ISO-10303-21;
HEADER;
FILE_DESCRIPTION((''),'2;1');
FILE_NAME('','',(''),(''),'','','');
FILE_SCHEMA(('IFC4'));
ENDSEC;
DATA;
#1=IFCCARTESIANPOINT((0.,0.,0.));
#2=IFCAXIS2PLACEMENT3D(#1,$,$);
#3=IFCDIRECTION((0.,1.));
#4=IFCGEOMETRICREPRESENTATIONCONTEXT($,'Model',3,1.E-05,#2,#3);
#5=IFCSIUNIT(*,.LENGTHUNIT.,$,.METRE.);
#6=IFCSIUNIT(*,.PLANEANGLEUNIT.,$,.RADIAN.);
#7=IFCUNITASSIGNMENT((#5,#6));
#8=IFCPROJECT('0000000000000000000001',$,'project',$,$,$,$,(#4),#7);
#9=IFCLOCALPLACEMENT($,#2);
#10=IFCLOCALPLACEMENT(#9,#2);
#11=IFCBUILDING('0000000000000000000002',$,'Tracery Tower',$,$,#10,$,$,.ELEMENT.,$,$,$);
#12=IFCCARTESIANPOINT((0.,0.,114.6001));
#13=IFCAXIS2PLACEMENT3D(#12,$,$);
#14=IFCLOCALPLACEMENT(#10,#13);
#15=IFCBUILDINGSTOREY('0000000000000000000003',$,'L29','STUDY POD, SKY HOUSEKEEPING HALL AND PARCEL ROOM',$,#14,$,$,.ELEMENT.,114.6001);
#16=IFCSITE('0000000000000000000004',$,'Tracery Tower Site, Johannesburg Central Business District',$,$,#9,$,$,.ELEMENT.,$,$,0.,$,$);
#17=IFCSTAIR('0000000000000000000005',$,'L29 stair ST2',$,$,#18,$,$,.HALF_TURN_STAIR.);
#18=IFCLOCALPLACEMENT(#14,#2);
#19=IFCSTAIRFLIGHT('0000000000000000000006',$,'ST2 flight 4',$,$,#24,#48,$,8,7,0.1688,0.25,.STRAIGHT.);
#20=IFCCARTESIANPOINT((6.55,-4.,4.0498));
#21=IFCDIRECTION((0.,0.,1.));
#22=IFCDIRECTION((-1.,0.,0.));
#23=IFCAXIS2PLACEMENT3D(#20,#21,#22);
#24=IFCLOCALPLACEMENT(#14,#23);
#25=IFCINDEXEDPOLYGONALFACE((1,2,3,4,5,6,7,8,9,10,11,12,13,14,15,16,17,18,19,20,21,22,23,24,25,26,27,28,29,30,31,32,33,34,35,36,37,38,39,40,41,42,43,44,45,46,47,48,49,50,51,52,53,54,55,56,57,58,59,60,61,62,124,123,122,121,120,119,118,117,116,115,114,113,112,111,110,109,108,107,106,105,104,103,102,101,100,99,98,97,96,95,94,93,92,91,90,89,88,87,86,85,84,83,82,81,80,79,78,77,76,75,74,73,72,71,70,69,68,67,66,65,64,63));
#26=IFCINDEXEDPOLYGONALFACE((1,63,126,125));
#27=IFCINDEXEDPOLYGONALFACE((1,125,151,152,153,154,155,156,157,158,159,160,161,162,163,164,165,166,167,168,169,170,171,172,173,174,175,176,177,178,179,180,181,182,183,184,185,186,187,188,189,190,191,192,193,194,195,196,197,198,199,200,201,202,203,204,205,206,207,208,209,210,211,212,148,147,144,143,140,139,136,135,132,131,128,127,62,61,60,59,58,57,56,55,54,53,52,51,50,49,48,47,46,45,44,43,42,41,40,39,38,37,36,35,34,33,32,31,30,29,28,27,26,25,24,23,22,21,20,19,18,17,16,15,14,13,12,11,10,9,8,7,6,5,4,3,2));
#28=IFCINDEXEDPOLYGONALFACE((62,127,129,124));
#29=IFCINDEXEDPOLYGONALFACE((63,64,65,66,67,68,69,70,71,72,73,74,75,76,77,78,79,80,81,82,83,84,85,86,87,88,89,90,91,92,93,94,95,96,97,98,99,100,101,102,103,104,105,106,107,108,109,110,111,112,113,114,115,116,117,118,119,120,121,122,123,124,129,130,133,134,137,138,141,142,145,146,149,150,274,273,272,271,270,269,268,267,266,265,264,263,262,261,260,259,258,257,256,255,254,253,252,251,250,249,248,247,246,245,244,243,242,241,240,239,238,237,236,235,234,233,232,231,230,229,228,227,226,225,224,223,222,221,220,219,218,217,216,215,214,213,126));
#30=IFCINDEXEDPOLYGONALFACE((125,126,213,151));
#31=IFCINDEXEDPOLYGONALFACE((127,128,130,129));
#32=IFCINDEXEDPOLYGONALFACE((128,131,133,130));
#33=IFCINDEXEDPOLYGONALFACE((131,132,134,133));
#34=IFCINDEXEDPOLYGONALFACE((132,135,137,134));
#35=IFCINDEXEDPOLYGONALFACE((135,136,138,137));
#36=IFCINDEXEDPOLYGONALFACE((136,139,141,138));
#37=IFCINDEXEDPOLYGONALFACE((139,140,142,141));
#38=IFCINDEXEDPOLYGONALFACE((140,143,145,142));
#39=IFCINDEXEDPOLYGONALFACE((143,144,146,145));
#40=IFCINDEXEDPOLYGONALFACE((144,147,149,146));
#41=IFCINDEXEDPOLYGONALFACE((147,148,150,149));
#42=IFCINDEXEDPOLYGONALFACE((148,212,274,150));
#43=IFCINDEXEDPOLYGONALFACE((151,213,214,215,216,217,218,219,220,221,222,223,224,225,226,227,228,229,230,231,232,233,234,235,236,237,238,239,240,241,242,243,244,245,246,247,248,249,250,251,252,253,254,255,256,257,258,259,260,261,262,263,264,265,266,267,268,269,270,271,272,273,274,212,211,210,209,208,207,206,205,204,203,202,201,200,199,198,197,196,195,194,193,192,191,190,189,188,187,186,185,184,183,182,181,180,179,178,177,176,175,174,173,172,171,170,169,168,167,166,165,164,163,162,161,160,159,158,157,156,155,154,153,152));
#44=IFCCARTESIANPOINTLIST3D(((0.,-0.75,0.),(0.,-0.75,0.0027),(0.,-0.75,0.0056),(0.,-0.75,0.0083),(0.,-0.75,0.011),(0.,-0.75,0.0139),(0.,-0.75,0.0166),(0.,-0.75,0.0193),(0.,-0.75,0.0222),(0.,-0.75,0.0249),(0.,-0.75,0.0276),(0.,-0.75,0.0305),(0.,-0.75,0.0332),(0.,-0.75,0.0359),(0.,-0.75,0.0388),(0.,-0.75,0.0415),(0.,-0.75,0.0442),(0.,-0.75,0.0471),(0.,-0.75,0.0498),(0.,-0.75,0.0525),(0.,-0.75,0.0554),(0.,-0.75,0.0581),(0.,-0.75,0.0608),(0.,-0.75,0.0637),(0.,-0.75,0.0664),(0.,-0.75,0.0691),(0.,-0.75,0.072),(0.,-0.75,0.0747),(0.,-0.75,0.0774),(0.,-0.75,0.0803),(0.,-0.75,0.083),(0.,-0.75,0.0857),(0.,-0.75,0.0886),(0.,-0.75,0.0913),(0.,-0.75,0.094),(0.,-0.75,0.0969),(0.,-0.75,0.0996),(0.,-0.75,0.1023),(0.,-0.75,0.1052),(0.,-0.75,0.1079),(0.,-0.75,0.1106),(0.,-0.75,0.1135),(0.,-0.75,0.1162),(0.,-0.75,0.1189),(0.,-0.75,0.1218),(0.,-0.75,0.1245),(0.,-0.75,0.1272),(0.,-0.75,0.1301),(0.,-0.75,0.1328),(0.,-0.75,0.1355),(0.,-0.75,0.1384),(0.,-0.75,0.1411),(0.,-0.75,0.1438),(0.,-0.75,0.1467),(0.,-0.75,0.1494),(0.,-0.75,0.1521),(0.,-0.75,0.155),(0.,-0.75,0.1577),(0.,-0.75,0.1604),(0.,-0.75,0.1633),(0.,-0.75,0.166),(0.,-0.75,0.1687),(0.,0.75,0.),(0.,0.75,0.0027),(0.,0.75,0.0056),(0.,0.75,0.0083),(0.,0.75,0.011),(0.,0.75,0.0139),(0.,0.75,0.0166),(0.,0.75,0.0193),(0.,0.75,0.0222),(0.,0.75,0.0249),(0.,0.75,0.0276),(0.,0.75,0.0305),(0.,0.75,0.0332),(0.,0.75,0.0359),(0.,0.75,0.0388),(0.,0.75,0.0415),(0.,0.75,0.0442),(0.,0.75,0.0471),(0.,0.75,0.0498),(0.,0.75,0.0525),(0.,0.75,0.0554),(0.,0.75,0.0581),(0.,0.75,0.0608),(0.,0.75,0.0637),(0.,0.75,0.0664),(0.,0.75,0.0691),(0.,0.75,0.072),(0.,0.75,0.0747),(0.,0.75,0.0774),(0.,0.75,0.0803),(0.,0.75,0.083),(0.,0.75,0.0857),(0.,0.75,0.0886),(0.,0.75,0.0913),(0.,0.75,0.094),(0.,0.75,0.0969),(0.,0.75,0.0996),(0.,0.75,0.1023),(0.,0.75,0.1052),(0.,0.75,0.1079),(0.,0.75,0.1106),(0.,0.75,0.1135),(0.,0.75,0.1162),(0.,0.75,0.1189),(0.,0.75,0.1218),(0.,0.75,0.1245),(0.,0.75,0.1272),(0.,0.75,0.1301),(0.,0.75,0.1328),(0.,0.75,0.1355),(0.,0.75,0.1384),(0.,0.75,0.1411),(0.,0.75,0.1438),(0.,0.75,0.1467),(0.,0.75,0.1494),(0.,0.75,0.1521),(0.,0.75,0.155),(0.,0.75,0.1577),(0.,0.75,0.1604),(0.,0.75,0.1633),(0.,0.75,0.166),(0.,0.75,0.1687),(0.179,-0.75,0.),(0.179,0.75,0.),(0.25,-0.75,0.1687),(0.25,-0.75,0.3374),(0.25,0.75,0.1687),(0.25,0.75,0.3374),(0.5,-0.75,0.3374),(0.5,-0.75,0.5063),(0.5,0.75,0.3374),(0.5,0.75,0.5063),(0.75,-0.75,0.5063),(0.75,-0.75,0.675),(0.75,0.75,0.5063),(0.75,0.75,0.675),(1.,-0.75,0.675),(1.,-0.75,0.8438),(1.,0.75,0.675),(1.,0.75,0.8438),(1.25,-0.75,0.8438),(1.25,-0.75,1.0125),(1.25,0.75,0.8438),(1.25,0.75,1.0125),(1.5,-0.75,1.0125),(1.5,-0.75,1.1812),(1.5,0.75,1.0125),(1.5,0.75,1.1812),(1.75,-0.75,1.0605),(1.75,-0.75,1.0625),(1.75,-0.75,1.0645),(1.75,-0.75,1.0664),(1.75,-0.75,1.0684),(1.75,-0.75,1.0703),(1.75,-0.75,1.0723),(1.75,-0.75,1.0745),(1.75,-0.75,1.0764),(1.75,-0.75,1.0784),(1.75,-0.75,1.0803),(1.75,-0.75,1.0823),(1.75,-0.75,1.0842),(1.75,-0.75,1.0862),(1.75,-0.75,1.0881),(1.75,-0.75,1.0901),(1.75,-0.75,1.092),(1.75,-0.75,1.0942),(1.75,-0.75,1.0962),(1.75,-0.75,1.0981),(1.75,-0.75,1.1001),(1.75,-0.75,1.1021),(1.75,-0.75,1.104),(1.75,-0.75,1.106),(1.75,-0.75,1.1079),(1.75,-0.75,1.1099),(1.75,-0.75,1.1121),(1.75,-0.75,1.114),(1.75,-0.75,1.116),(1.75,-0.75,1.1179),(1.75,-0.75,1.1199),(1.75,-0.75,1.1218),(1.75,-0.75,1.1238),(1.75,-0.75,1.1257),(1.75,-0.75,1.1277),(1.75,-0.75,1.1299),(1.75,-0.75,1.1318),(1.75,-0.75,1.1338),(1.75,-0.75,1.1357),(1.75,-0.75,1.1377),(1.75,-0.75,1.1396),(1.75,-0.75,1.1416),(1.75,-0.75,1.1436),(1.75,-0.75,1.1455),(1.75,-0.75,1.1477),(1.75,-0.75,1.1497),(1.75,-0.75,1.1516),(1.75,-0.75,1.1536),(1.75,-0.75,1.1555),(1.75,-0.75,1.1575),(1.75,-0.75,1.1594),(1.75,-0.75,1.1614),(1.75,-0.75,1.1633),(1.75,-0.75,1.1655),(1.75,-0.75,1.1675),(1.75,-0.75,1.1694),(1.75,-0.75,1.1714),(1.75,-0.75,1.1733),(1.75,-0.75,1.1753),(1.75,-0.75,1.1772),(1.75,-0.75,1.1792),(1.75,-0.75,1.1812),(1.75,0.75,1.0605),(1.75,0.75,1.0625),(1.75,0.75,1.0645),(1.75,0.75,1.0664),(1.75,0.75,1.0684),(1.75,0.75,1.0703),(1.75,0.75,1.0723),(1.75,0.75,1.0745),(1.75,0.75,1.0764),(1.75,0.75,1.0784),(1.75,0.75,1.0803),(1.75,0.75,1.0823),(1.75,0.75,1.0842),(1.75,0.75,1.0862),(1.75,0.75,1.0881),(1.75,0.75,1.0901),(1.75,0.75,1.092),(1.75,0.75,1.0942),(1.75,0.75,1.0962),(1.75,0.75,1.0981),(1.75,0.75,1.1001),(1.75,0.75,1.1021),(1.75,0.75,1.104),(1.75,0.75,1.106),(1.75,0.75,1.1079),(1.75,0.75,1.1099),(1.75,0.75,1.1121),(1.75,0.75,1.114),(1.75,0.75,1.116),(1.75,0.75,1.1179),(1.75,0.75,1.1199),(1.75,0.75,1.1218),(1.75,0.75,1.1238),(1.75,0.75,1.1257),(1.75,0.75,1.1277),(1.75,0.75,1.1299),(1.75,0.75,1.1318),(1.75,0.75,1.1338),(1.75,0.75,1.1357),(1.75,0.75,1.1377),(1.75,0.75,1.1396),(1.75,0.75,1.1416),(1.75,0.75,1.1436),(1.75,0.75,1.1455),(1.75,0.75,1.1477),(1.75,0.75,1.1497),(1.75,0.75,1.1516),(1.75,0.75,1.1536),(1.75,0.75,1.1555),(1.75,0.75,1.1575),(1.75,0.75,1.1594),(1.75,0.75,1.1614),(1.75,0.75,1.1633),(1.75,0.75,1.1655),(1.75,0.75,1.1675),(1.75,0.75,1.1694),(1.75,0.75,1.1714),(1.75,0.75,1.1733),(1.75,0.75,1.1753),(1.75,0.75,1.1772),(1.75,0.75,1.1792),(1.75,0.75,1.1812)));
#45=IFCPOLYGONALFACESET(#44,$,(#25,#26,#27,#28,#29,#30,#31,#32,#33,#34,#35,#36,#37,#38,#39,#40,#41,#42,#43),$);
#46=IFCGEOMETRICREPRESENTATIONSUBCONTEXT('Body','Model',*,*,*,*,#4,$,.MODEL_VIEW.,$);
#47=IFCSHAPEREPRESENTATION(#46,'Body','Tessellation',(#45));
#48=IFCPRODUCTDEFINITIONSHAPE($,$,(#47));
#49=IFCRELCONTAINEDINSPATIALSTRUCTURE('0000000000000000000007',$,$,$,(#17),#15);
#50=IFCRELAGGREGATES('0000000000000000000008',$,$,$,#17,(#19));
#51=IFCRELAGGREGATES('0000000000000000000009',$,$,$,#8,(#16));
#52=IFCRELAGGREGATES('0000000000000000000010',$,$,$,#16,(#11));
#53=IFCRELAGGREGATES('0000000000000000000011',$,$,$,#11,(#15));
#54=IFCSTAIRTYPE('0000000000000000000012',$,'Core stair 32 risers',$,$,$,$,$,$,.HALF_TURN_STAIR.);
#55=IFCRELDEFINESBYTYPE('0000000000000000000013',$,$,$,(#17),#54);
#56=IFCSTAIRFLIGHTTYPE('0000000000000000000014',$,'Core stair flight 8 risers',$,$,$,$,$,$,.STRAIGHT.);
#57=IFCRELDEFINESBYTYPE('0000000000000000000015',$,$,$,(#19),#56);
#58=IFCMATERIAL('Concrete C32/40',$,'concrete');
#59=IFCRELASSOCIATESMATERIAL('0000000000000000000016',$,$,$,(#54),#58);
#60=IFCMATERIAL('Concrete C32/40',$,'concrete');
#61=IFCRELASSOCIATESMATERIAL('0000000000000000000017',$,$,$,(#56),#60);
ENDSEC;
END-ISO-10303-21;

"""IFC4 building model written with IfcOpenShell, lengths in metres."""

from ifc_helpers import new_model, si_unit, direction, frame, origin, place, context, subcontext, project, spatial, polyline, outline, extrude, material, type_object, element, aggregate, save


model = new_model("IFC4")

# Units and contexts
model_context = context("Model", 3, precision=1e-05, world=origin(), true_north=direction((0.0, 1.0)))
body_context = subcontext(model_context, "Body", "Model", "MODEL_VIEW")
ifc_project = project(units=[si_unit("LENGTHUNIT", "METRE"), si_unit("PLANEANGLEUNIT", "RADIAN")], contexts=[model_context])

# Site, building, storey
site_placement = place(None, origin())
site = spatial("IfcSite", under=ifc_project, at=site_placement, Name="Tracery Tower Site, Johannesburg Central Business District", CompositionType="ELEMENT", RefElevation=0.0)
building_placement = place(site_placement, origin())
building = spatial("IfcBuilding", under=site, at=building_placement, Name="Tracery Tower", CompositionType="ELEMENT")
storey_placement = place(building_placement, frame((0.0, 0.0, 114.6001)))
storey = spatial("IfcBuildingStorey", under=building, at=storey_placement, Name="L29", Description="STUDY POD, SKY HOUSEKEEPING HALL AND PARCEL ROOM", CompositionType="ELEMENT", Elevation=114.6001)

# Shared definitions
ifc_material_1 = material(Name="Concrete C32/40", Category="concrete")
stair_type = type_object("IfcStairType", Name="Core stair 32 risers", PredefinedType="HALF_TURN_STAIR", material=ifc_material_1)

# Stair, stair flight
stair_1_placement = place(storey_placement, origin())
stair_1 = element("IfcStair", 1, at=stair_1_placement, inside=storey, type_object=stair_type, Name="L29 stair ST2", PredefinedType="HALF_TURN_STAIR")
ifc_material_2 = material(Name="Concrete C32/40", Category="concrete")
stair_flight_type = type_object("IfcStairFlightType", Name="Core stair flight 8 risers", PredefinedType="STRAIGHT", material=ifc_material_2)
stair_flight_1_placement = place(storey_placement, frame((6.55, -4.0, 4.0498), z_axis=(0.0, 0.0, 1.0), x_axis=(-1.0, 0.0, 0.0)))
stair_flight_1 = element("IfcStairFlight", 2, at=stair_flight_1_placement, type_object=stair_flight_type, Name="ST2 flight 4", NumberOfRisers=8, NumberOfTreads=7, PredefinedType="STRAIGHT", RiserHeight=0.1688, TreadLength=0.25, context=body_context, shape_type="SweptSolid", body=[
    extrude(outline(polyline([(0.0, 0.0), (0.0, 0.0027), (0.0, 0.0056), (0.0, 0.0083), (0.0, 0.011), (0.0, 0.0139), (0.0, 0.0166), (0.0, 0.0193), (0.0, 0.0222), (0.0, 0.0249), (0.0, 0.0276), (0.0, 0.0305), (0.0, 0.0332), (0.0, 0.0359), (0.0, 0.0388), (0.0, 0.0415), (0.0, 0.0442), (0.0, 0.0471), (0.0, 0.0498), (0.0, 0.0525), (0.0, 0.0554), (0.0, 0.0581), (0.0, 0.0608), (0.0, 0.0637), (0.0, 0.0664), (0.0, 0.0691), (0.0, 0.072), (0.0, 0.0747), (0.0, 0.0774), (0.0, 0.0803), (0.0, 0.083), (0.0, 0.0857), (0.0, 0.0886), (0.0, 0.0913), (0.0, 0.094), (0.0, 0.0969), (0.0, 0.0996), (0.0, 0.1023), (0.0, 0.1052), (0.0, 0.1079), (0.0, 0.1106), (0.0, 0.1135), (0.0, 0.1162), (0.0, 0.1189), (0.0, 0.1218), (0.0, 0.1245), (0.0, 0.1272), (0.0, 0.1301), (0.0, 0.1328), (0.0, 0.1355), (0.0, 0.1384), (0.0, 0.1411), (0.0, 0.1438), (0.0, 0.1467), (0.0, 0.1494), (0.0, 0.1521), (0.0, 0.155), (0.0, 0.1577), (0.0, 0.1604), (0.0, 0.1633), (0.0, 0.166), (0.0, 0.1687), (0.25, 0.1687), (0.25, 0.3374), (0.5, 0.3374), (0.5, 0.5063), (0.75, 0.5063), (0.75, 0.675), (1.0, 0.675), (1.0, 0.8438), (1.25, 0.8438), (1.25, 1.0125), (1.5, 1.0125), (1.5, 1.1812), (1.75, 1.1812), (1.75, 1.1792), (1.75, 1.1772), (1.75, 1.1753), (1.75, 1.1733), (1.75, 1.1714), (1.75, 1.1694), (1.75, 1.1675), (1.75, 1.1655), (1.75, 1.1633), (1.75, 1.1614), (1.75, 1.1594), (1.75, 1.1575), (1.75, 1.1555), (1.75, 1.1536), (1.75, 1.1516), (1.75, 1.1497), (1.75, 1.1477), (1.75, 1.1455), (1.75, 1.1436), (1.75, 1.1416), (1.75, 1.1396), (1.75, 1.1377), (1.75, 1.1357), (1.75, 1.1338), (1.75, 1.1318), (1.75, 1.1299), (1.75, 1.1277), (1.75, 1.1257), (1.75, 1.1238), (1.75, 1.1218), (1.75, 1.1199), (1.75, 1.1179), (1.75, 1.116), (1.75, 1.114), (1.75, 1.1121), (1.75, 1.1099), (1.75, 1.1079), (1.75, 1.106), (1.75, 1.104), (1.75, 1.1021), (1.75, 1.1001), (1.75, 1.0981), (1.75, 1.0962), (1.75, 1.0942), (1.75, 1.092), (1.75, 1.0901), (1.75, 1.0881), (1.75, 1.0862), (1.75, 1.0842), (1.75, 1.0823), (1.75, 1.0803), (1.75, 1.0784), (1.75, 1.0764), (1.75, 1.0745), (1.75, 1.0723), (1.75, 1.0703), (1.75, 1.0684), (1.75, 1.0664), (1.75, 1.0645), (1.75, 1.0625), (1.75, 1.0605), (0.179, 0.0), (0.0, 0.0)])), frame((0.0, 0.75, 0.0), z_axis=(0.0, -1.0, 0.0), x_axis=(1.0, 0.0, 0.0)), (0.0, 0.0, 1.0), 1.5),
])
aggregate(stair_1, [stair_flight_1])

save(model, "model.ifc")
